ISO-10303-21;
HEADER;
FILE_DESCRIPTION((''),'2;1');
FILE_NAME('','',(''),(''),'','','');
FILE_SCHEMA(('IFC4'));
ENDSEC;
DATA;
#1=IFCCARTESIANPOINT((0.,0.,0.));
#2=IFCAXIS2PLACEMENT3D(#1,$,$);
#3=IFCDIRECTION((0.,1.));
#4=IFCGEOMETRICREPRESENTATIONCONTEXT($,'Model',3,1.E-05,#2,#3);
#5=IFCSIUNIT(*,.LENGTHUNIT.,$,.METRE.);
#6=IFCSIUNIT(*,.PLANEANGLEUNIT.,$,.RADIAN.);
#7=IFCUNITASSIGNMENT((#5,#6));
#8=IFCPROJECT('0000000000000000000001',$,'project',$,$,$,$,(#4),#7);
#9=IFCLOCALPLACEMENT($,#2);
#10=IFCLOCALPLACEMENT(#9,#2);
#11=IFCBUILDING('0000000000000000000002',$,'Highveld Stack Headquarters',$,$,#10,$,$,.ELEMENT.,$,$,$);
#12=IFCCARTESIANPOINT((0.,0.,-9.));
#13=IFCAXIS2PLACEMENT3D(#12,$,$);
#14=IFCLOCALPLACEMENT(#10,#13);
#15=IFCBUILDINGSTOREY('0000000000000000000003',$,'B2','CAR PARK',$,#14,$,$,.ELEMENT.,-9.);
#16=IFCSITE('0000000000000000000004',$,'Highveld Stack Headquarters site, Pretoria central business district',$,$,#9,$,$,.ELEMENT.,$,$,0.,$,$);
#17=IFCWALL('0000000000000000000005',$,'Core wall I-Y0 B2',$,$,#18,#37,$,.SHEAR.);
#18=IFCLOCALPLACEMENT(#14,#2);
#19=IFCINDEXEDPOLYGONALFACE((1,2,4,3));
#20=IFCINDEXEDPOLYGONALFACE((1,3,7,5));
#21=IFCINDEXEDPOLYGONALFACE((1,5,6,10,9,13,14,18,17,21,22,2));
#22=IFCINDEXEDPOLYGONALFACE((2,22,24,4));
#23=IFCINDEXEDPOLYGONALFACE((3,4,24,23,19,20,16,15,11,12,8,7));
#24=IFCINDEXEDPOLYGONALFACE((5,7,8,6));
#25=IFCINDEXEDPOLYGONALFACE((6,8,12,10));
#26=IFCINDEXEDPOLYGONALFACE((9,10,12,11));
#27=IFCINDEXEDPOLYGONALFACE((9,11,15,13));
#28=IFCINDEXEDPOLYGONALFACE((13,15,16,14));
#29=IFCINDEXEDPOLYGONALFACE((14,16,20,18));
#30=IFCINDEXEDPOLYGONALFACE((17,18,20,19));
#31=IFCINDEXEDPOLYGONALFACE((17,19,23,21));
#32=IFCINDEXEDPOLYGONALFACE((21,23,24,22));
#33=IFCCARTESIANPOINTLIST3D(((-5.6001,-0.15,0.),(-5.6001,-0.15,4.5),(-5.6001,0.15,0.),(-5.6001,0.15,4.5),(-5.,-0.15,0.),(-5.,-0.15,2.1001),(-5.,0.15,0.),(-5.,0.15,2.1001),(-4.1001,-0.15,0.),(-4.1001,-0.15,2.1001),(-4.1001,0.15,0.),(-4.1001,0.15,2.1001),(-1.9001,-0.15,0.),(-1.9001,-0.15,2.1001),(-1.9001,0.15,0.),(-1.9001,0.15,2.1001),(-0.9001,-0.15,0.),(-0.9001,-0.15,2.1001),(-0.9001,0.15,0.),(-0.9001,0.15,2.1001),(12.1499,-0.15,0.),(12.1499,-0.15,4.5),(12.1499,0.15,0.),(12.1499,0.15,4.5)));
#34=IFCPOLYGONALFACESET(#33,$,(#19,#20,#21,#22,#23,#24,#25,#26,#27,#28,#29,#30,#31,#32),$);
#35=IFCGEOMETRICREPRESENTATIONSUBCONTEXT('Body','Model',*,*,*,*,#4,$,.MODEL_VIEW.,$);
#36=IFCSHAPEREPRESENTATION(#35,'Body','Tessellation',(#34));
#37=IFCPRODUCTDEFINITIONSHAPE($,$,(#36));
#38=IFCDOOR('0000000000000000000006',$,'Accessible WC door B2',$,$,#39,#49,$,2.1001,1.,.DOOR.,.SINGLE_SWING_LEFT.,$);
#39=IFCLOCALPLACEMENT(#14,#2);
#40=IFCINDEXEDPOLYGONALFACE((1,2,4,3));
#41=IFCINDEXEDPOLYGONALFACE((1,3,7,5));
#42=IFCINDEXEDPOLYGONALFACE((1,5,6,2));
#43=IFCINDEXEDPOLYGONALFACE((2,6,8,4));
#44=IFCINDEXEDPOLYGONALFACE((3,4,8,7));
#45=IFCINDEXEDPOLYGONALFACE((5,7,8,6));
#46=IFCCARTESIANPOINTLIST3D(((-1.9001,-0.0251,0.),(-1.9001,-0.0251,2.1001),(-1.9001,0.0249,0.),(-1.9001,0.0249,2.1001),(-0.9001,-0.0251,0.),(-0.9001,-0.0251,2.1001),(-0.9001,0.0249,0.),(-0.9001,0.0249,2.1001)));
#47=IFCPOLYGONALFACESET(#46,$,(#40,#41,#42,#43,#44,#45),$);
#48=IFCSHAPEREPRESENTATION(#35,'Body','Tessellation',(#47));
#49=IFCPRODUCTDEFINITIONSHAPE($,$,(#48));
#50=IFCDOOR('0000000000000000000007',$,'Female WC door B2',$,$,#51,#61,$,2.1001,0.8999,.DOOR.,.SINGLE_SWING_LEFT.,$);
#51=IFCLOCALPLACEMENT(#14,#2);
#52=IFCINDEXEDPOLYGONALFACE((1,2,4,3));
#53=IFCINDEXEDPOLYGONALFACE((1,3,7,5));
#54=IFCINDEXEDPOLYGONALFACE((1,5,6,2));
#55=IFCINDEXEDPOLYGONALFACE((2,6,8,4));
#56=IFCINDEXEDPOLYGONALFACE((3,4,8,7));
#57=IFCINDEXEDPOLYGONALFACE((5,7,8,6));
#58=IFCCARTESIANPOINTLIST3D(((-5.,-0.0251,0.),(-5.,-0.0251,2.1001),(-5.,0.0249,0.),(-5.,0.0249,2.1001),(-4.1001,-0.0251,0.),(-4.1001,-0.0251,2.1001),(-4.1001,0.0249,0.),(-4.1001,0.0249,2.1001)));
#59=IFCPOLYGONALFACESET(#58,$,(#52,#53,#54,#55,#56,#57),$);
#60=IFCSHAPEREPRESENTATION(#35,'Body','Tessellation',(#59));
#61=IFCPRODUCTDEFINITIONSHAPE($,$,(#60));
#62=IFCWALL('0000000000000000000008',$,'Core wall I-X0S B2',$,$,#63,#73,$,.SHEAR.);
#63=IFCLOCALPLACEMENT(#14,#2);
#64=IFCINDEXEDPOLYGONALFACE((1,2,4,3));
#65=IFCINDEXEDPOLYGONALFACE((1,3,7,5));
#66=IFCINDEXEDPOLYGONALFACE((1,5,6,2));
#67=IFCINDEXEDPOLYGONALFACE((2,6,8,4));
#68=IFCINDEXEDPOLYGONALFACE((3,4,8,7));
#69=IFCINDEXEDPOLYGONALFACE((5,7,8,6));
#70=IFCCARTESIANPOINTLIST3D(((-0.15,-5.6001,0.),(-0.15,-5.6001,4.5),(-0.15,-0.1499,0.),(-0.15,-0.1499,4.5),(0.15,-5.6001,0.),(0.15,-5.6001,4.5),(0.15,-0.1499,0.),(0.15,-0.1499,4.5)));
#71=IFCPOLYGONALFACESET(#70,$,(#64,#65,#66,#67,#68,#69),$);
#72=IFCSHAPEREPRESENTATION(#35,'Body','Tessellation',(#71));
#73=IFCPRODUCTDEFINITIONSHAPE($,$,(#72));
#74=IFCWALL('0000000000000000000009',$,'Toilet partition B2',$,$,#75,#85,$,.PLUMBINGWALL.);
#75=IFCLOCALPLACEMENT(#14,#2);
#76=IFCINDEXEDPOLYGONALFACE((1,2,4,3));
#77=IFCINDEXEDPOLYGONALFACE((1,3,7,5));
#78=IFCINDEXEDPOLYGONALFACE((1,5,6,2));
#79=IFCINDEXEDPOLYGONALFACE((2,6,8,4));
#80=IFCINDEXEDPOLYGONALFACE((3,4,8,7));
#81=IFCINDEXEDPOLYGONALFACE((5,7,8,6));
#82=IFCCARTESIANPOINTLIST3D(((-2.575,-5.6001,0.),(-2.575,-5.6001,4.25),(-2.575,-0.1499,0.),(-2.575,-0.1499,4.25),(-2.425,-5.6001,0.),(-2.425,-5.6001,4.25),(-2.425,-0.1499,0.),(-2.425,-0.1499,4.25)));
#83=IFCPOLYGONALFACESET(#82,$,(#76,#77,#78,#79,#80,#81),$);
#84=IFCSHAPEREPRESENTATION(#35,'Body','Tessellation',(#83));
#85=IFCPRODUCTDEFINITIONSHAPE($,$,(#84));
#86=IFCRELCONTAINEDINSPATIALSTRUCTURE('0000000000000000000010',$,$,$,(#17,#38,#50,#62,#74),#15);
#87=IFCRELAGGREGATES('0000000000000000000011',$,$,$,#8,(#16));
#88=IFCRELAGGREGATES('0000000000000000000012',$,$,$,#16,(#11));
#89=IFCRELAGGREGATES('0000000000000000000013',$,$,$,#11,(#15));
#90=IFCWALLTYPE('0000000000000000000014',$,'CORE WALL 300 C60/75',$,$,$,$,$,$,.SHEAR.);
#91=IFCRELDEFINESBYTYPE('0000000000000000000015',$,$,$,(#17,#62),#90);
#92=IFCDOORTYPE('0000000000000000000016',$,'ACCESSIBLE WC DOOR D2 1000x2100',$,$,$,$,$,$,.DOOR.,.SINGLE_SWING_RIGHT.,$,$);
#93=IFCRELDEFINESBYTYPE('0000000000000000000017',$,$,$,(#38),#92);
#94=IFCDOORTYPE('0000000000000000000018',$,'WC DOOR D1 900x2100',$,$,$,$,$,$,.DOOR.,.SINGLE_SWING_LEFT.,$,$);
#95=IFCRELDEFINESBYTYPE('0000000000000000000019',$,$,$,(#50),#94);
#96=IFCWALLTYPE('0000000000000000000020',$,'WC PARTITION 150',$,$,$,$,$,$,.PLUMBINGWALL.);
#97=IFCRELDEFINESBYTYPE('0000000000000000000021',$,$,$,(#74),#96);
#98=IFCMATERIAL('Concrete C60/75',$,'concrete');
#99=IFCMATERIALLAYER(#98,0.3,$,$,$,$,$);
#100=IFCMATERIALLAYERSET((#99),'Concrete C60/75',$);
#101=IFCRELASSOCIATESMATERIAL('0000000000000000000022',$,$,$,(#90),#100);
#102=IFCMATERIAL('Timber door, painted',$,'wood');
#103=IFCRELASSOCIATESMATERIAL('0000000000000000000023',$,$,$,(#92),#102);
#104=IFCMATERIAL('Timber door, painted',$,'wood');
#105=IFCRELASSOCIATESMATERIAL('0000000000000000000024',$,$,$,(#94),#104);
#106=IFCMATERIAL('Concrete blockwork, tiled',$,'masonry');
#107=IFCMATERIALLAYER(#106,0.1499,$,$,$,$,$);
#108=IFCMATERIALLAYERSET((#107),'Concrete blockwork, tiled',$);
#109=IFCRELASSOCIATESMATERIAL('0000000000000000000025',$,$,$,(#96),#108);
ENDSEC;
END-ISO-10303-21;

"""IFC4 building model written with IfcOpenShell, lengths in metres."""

from ifc_helpers import new_model, si_unit, direction, frame, frame_2d, origin, place, context, subcontext, project, spatial, rectangle, extrude, material, layer, layer_set, type_object, element, fill, save


model = new_model("IFC4")

# Units and contexts
model_context = context("Model", 3, precision=1e-05, world=origin(), true_north=direction((0.0, 1.0)))
body_context = subcontext(model_context, "Body", "Model", "MODEL_VIEW")
ifc_project = project(units=[si_unit("LENGTHUNIT", "METRE"), si_unit("PLANEANGLEUNIT", "RADIAN")], contexts=[model_context])

# Site, building, storey
site_placement = place(None, origin())
site = spatial("IfcSite", under=ifc_project, at=site_placement, Name="Highveld Stack Headquarters site, Pretoria central business district", CompositionType="ELEMENT", RefElevation=0.0)
building_placement = place(site_placement, origin())
building = spatial("IfcBuilding", under=site, at=building_placement, Name="Highveld Stack Headquarters", CompositionType="ELEMENT")
storey_placement = place(building_placement, frame((0.0, 0.0, -9.0)))
storey = spatial("IfcBuildingStorey", under=building, at=storey_placement, Name="B2", Description="CAR PARK", CompositionType="ELEMENT", Elevation=-9.0)

# Wall, openings, doors
ifc_material_1 = material(Name="Concrete C60/75", Category="concrete")
ifc_layer_1 = layer(ifc_material_1, 0.3)
ifc_layer_set_1 = layer_set([ifc_layer_1], Name="Concrete C60/75")
wall_type_1 = type_object("IfcWallType", Name="CORE WALL 300 C60/75", PredefinedType="SHEAR", material=ifc_layer_set_1)
wall_1_placement = place(storey_placement, frame((-5.6001, 0.0, 0.0), z_axis=(0.0, 0.0, 1.0), x_axis=(1.0, 0.0, 0.0)))
wall_1 = element("IfcWall", 1, at=wall_1_placement, inside=storey, type_object=wall_type_1, Name="Core wall I-Y0 B2", PredefinedType="SHEAR", context=body_context, shape_type="SweptSolid", body=[
    extrude(rectangle(XDim=17.75, YDim=0.3, at=frame_2d((8.875, 0.0))), origin(), (0.0, 0.0, 1.0), 4.5),
])
opening_1_placement = place(wall_1_placement, frame((0.6001, 0.0, 0.0)))
opening_1 = element("IfcOpeningElement", 2, at=opening_1_placement, cuts=wall_1, PredefinedType="OPENING", context=body_context, shape_type="SweptSolid", body=[
    extrude(rectangle(XDim=0.8999, YDim=2.1001, at=frame_2d((0.45, 1.05))), frame((0.0, 0.1599, 0.0), z_axis=(0.0, -1.0, 0.0), x_axis=(1.0, 0.0, 0.0)), (0.0, 0.0, 1.0), 0.3201),
])
opening_2_placement = place(wall_1_placement, frame((3.7, 0.0, 0.0)))
opening_2 = element("IfcOpeningElement", 3, at=opening_2_placement, cuts=wall_1, PredefinedType="OPENING", context=body_context, shape_type="SweptSolid", body=[
    extrude(rectangle(XDim=1.0, YDim=2.1001, at=frame_2d((0.5, 1.05))), frame((0.0, 0.1599, 0.0), z_axis=(0.0, -1.0, 0.0), x_axis=(1.0, 0.0, 0.0)), (0.0, 0.0, 1.0), 0.3201),
])
ifc_material_2 = material(Name="Timber door, painted", Category="wood")
door_type_1 = type_object("IfcDoorType", Name="ACCESSIBLE WC DOOR D2 1000x2100", OperationType="SINGLE_SWING_RIGHT", PredefinedType="DOOR", material=ifc_material_2)
door_1_placement = place(opening_2_placement, origin())
door_1 = element("IfcDoor", 4, at=door_1_placement, inside=storey, type_object=door_type_1, Name="Accessible WC door B2", OperationType="SINGLE_SWING_LEFT", OverallHeight=2.1001, OverallWidth=1.0, PredefinedType="DOOR", context=body_context, shape_type="SweptSolid", body=[
    extrude(rectangle(XDim=1.0, YDim=2.1001, at=frame_2d((0.5, 1.05))), frame((0.0, 0.0249, 0.0), z_axis=(0.0, -1.0, 0.0), x_axis=(1.0, 0.0, 0.0)), (0.0, 0.0, 1.0), 0.05),
])
fill(opening_2, door_1)
ifc_material_3 = material(Name="Timber door, painted", Category="wood")
door_type_2 = type_object("IfcDoorType", Name="WC DOOR D1 900x2100", OperationType="SINGLE_SWING_LEFT", PredefinedType="DOOR", material=ifc_material_3)
door_2_placement = place(opening_1_placement, origin())
door_2 = element("IfcDoor", 5, at=door_2_placement, inside=storey, type_object=door_type_2, Name="Female WC door B2", OperationType="SINGLE_SWING_LEFT", OverallHeight=2.1001, OverallWidth=0.8999, PredefinedType="DOOR", context=body_context, shape_type="SweptSolid", body=[
    extrude(rectangle(XDim=0.8999, YDim=2.1001, at=frame_2d((0.45, 1.05))), frame((0.0, 0.0249, 0.0), z_axis=(0.0, -1.0, 0.0), x_axis=(1.0, 0.0, 0.0)), (0.0, 0.0, 1.0), 0.05),
])
fill(opening_1, door_2)

# Walls
wall_2_placement = place(storey_placement, frame((0.0, -5.6001, 0.0), z_axis=(0.0, 0.0, 1.0), x_axis=(0.0, 1.0, 0.0)))
element("IfcWall", 6, at=wall_2_placement, inside=storey, type_object=wall_type_1, Name="Core wall I-X0S B2", PredefinedType="SHEAR", context=body_context, shape_type="SweptSolid", body=[
    extrude(rectangle(XDim=5.4502, YDim=0.3, at=frame_2d((2.7251, 0.0))), origin(), (0.0, 0.0, 1.0), 4.5),
])
ifc_material_4 = material(Name="Concrete blockwork, tiled", Category="masonry")
ifc_layer_2 = layer(ifc_material_4, 0.1499)
ifc_layer_set_2 = layer_set([ifc_layer_2], Name="Concrete blockwork, tiled")
wall_type_2 = type_object("IfcWallType", Name="WC PARTITION 150", PredefinedType="PLUMBINGWALL", material=ifc_layer_set_2)
wall_3_placement = place(storey_placement, frame((-2.5, -5.6001, 0.0), z_axis=(0.0, 0.0, 1.0), x_axis=(0.0, 1.0, 0.0)))
element("IfcWall", 7, at=wall_3_placement, inside=storey, type_object=wall_type_2, Name="Toilet partition B2", PredefinedType="PLUMBINGWALL", context=body_context, shape_type="SweptSolid", body=[
    extrude(rectangle(XDim=5.4502, YDim=0.1499, at=frame_2d((2.7251, 0.0))), origin(), (0.0, 0.0, 1.0), 4.25),
])

save(model, "model.ifc")
